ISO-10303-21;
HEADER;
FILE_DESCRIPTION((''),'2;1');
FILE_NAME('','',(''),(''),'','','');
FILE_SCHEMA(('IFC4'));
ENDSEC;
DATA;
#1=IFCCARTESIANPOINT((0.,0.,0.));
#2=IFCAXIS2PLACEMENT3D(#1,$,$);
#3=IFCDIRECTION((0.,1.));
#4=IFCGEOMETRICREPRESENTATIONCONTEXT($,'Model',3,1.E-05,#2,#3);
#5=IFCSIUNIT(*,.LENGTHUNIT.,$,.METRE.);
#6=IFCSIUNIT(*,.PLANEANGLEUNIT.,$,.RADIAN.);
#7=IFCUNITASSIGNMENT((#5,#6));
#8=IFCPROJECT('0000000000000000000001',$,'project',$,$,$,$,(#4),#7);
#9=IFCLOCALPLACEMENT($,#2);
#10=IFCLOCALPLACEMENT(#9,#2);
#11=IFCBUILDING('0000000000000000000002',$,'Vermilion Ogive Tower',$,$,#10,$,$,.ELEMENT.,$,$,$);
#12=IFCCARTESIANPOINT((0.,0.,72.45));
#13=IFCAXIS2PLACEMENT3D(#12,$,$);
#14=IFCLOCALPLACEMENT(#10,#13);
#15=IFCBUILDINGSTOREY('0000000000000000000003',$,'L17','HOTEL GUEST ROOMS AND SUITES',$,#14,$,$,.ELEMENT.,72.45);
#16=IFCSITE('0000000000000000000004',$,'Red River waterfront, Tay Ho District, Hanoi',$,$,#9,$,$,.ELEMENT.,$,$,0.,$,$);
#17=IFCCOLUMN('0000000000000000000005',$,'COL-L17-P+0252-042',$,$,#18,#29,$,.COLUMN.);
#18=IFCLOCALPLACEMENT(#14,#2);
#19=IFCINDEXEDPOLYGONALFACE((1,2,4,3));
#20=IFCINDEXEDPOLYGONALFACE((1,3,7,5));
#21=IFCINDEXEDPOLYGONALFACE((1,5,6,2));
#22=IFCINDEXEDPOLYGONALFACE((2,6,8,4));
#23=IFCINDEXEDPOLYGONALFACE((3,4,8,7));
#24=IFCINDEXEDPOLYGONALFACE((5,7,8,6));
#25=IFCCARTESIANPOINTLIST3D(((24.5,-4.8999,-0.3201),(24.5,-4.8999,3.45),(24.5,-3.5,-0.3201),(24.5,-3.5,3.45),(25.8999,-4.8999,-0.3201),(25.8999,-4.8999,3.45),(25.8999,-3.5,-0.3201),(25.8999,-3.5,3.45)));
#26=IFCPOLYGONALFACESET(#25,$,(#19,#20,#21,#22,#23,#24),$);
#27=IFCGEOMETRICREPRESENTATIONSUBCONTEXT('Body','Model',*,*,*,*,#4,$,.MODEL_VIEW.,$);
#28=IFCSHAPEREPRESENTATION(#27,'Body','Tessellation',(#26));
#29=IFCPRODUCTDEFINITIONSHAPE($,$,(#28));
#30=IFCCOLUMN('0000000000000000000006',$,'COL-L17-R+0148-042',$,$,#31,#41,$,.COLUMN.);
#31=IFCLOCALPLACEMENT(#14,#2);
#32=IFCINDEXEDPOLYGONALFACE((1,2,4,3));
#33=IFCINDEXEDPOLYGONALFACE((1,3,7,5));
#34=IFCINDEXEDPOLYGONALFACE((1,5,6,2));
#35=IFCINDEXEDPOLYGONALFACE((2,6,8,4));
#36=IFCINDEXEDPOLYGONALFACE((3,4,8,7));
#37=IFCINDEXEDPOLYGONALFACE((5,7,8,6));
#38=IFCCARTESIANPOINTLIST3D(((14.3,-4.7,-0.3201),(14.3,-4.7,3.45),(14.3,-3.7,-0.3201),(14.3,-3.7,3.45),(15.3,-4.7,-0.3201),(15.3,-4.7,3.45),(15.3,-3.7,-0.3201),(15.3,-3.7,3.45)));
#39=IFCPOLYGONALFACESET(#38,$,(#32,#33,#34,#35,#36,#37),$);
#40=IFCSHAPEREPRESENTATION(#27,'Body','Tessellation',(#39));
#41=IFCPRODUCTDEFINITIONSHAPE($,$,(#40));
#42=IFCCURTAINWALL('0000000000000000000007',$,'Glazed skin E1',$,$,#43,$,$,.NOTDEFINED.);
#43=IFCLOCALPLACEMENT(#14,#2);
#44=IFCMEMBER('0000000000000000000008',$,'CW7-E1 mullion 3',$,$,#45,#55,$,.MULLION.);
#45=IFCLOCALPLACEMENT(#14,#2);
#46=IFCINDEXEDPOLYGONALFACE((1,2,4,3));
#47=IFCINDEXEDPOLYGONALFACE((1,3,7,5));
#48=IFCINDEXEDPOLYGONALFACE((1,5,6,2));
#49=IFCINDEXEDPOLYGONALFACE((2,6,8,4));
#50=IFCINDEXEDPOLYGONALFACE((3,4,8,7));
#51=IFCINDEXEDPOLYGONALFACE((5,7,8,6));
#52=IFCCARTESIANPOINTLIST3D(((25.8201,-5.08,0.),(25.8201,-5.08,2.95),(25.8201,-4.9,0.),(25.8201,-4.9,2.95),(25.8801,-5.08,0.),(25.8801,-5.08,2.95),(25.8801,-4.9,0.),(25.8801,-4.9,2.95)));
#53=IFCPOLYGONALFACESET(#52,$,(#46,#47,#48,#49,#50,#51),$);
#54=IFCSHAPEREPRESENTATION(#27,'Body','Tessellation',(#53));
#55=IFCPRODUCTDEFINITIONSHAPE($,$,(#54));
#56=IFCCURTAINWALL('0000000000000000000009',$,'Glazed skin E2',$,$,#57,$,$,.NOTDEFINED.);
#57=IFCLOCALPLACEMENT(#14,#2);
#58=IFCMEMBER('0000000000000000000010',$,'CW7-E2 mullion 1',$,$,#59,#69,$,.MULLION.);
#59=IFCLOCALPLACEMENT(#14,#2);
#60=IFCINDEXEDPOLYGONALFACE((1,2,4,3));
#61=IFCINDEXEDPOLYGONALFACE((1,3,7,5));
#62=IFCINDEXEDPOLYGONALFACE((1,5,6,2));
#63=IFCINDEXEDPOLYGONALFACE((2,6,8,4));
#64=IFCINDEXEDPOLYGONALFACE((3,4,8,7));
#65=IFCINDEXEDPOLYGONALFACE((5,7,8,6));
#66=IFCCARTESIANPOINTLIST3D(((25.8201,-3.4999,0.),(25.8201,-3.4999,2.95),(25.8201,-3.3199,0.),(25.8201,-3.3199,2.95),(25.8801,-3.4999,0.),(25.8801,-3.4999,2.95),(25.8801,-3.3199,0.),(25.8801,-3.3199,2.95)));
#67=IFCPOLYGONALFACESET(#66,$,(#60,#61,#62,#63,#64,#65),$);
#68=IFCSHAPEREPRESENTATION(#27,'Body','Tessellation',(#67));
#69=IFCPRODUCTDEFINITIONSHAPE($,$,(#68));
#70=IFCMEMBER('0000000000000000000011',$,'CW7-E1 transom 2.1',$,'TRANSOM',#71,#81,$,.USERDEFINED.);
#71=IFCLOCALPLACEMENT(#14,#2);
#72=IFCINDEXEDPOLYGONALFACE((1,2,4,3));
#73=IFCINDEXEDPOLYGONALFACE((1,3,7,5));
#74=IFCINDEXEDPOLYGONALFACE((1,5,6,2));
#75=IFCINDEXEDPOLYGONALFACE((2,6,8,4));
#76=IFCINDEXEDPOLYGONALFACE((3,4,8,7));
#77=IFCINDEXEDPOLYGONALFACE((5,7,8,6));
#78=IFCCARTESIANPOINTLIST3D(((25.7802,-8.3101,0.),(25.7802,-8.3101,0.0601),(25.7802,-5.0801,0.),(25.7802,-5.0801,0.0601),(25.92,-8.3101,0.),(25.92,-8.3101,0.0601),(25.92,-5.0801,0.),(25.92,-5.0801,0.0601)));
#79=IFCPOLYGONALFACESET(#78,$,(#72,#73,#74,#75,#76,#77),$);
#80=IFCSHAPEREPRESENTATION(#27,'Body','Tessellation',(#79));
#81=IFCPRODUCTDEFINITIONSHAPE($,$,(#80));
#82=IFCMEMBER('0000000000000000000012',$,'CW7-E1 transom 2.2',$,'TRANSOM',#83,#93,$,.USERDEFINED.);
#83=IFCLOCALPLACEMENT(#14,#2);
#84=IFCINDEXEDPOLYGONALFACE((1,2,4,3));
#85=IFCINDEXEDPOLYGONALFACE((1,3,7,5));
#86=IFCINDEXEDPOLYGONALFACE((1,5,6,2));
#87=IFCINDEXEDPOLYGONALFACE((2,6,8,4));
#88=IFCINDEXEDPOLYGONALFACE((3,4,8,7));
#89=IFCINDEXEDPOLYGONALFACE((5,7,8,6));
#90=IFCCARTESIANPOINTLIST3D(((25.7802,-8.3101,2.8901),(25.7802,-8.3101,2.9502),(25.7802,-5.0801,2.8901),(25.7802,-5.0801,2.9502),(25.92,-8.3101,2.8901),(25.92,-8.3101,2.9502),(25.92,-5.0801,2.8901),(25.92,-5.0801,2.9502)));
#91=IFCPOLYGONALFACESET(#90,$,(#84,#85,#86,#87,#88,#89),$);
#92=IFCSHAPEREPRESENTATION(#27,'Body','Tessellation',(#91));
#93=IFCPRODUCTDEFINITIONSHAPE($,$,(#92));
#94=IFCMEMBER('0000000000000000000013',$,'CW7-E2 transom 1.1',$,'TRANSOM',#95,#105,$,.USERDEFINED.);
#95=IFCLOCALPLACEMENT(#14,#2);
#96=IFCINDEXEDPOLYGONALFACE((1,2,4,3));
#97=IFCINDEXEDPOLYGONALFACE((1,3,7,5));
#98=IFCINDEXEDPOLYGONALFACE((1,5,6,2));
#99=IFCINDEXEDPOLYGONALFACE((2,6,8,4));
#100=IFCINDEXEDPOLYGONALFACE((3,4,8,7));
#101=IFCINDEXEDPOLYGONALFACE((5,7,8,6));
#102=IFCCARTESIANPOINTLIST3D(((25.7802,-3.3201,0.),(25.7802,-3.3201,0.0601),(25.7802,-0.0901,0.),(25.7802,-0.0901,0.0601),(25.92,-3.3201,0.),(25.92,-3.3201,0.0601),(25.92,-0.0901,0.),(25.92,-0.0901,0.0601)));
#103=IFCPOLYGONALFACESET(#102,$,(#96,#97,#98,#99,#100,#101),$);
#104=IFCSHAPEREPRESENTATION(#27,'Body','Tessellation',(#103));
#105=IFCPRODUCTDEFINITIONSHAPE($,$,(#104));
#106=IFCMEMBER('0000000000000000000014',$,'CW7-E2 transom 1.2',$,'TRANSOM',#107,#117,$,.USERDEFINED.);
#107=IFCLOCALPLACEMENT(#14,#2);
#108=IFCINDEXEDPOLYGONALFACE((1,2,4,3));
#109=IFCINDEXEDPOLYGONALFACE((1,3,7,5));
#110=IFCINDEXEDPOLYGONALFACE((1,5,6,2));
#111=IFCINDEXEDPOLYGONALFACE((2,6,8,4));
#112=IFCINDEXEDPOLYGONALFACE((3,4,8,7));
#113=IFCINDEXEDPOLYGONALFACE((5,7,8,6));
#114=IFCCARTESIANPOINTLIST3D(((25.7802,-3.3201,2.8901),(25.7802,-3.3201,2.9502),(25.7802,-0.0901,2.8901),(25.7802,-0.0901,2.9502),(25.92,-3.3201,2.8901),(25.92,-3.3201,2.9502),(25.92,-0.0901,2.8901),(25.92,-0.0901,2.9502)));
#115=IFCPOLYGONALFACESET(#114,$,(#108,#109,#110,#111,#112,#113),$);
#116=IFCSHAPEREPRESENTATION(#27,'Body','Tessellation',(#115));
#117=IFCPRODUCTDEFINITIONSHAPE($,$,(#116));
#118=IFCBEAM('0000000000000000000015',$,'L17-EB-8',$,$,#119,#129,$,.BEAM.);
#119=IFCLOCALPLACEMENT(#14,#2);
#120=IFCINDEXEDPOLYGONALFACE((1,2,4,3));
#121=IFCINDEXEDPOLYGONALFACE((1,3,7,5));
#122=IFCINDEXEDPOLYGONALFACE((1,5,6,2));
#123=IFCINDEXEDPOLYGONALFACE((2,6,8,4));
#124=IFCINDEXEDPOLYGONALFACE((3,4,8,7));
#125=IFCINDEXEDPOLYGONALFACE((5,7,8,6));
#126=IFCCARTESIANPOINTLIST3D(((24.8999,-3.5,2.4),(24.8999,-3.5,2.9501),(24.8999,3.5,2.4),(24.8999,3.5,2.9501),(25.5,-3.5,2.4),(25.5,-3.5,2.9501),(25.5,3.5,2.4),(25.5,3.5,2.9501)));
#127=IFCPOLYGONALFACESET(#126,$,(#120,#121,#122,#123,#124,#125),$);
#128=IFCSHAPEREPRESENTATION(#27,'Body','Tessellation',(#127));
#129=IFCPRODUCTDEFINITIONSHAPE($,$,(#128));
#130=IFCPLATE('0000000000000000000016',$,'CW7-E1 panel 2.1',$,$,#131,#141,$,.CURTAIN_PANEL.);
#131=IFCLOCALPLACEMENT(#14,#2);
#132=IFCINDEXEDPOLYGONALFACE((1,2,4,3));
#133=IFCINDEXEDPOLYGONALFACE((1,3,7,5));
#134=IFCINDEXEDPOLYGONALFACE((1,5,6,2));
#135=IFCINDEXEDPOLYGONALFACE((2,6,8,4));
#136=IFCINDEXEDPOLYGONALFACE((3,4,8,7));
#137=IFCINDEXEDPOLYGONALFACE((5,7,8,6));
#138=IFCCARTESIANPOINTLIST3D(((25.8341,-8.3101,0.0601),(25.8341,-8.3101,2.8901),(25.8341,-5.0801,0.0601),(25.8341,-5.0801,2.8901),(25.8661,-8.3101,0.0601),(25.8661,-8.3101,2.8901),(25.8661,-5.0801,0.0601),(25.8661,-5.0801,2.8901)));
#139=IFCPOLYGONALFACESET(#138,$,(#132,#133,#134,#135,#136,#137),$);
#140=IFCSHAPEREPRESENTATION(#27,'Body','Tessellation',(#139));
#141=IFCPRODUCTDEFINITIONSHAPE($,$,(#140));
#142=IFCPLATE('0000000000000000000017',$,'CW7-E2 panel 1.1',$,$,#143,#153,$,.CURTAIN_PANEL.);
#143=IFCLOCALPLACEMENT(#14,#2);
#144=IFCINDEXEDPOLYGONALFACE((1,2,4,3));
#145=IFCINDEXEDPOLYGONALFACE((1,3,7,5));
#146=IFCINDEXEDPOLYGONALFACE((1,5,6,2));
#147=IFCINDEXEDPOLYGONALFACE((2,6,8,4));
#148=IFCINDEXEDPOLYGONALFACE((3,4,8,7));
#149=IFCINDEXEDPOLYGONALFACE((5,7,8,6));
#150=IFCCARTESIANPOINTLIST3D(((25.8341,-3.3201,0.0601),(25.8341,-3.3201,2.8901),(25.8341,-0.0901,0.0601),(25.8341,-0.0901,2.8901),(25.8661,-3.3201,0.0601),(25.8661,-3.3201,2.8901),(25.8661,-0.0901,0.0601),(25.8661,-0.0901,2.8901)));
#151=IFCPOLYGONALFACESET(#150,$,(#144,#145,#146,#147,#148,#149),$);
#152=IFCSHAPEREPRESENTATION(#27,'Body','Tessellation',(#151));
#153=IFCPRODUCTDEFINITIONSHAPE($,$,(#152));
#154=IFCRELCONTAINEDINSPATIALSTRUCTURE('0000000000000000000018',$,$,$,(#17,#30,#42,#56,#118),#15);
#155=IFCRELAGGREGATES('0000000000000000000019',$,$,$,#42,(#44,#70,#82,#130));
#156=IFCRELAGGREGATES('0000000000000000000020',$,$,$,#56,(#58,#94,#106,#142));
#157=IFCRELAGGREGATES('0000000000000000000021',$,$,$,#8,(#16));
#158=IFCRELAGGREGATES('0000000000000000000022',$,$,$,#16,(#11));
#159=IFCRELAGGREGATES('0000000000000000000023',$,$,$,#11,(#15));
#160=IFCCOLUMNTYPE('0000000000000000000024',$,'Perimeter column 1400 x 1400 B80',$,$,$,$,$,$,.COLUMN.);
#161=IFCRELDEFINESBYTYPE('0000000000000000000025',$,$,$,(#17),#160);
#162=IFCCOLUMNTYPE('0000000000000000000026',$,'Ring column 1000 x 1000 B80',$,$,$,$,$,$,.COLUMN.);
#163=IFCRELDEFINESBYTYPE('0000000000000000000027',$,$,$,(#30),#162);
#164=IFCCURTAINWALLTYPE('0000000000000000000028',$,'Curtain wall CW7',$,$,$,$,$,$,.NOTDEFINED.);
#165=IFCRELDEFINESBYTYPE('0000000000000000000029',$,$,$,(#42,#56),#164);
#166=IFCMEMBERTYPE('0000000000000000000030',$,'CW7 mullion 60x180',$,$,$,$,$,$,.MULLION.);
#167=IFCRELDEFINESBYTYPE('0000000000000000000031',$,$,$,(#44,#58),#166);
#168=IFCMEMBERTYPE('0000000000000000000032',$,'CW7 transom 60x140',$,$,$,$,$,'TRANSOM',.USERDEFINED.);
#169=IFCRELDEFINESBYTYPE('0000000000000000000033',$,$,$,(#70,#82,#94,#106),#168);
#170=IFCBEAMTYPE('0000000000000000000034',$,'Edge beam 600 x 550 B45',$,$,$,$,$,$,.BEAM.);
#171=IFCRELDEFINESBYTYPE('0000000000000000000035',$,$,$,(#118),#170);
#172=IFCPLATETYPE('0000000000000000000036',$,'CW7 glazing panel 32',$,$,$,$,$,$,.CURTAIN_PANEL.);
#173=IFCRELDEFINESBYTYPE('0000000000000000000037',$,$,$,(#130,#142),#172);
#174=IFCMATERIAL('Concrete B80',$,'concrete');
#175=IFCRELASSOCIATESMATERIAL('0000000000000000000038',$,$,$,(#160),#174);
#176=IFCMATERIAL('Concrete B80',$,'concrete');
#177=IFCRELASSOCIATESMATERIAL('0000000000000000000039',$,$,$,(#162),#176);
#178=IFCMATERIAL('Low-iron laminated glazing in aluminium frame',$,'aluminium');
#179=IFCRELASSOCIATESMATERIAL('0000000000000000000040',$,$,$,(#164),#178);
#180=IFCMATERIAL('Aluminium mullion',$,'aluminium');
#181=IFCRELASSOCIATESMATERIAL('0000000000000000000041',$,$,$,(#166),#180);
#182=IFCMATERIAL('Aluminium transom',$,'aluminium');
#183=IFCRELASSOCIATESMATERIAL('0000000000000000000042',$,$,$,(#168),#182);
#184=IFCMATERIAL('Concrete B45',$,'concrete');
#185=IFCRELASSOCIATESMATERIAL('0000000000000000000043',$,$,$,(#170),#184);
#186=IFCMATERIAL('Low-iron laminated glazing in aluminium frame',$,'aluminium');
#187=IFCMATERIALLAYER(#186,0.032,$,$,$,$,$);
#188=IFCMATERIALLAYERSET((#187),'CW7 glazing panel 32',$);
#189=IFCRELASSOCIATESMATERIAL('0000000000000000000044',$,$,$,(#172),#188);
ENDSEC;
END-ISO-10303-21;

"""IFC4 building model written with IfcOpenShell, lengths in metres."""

from ifc_helpers import new_model, si_unit, direction, frame, origin, origin_2d, place, context, subcontext, project, spatial, rectangle, extrude, material, layer, layer_set, material_profile, profile_set, type_object, element, aggregate, save


model = new_model("IFC4")

# Units and contexts
model_context = context("Model", 3, precision=1e-05, world=origin(), true_north=direction((0.0, 1.0)))
body_context = subcontext(model_context, "Body", "Model", "MODEL_VIEW")
ifc_project = project(units=[si_unit("LENGTHUNIT", "METRE"), si_unit("PLANEANGLEUNIT", "RADIAN")], contexts=[model_context])

# Site, building, storey
site_placement = place(None, origin())
site = spatial("IfcSite", under=ifc_project, at=site_placement, Name="Red River waterfront, Tay Ho District, Hanoi", CompositionType="ELEMENT", RefElevation=0.0)
building_placement = place(site_placement, origin())
building = spatial("IfcBuilding", under=site, at=building_placement, Name="Vermilion Ogive Tower", CompositionType="ELEMENT")
storey_placement = place(building_placement, frame((0.0, 0.0, 72.45)))
storey = spatial("IfcBuildingStorey", under=building, at=storey_placement, Name="L17", Description="HOTEL GUEST ROOMS AND SUITES", CompositionType="ELEMENT", Elevation=72.45)

# Columns
ifc_material_1 = material(Name="Concrete B80", Category="concrete")
ifc_material_profile_1 = material_profile(ifc_material_1, rectangle(XDim=1.3999, YDim=1.3999, at=origin_2d()), Name="1400 x 1400")
ifc_profile_set_1 = profile_set([ifc_material_profile_1], Name="Concrete B80")
column_type_1 = type_object("IfcColumnType", Name="Perimeter column 1400 x 1400 B80", PredefinedType="COLUMN", material=ifc_profile_set_1)
column_1_placement = place(storey_placement, frame((25.2, -4.2, -0.3201), z_axis=(0.0, 0.0, 1.0), x_axis=(1.0, 0.0, 0.0)))
element("IfcColumn", 1, at=column_1_placement, inside=storey, type_object=column_type_1, Name="COL-L17-P+0252-042", PredefinedType="COLUMN", context=body_context, shape_type="SweptSolid", body=[
    extrude(rectangle(XDim=1.3999, YDim=1.3999, at=origin_2d()), origin(), (0.0, 0.0, 1.0), 3.77),
])
ifc_material_2 = material(Name="Concrete B80", Category="concrete")
ifc_material_profile_2 = material_profile(ifc_material_2, rectangle(XDim=1.0, YDim=1.0, at=origin_2d()), Name="1000 x 1000")
ifc_profile_set_2 = profile_set([ifc_material_profile_2], Name="Concrete B80")
column_type_2 = type_object("IfcColumnType", Name="Ring column 1000 x 1000 B80", PredefinedType="COLUMN", material=ifc_profile_set_2)
column_2_placement = place(storey_placement, frame((14.8, -4.2, -0.3201), z_axis=(0.0, 0.0, 1.0), x_axis=(1.0, 0.0, 0.0)))
element("IfcColumn", 2, at=column_2_placement, inside=storey, type_object=column_type_2, Name="COL-L17-R+0148-042", PredefinedType="COLUMN", context=body_context, shape_type="SweptSolid", body=[
    extrude(rectangle(XDim=1.0, YDim=1.0, at=origin_2d()), origin(), (0.0, 0.0, 1.0), 3.77),
])

# Curtain walls, members
ifc_material_3 = material(Name="Low-iron laminated glazing in aluminium frame", Category="aluminium")
curtain_wall_type = type_object("IfcCurtainWallType", Name="Curtain wall CW7", PredefinedType="NOTDEFINED", material=ifc_material_3)
curtain_wall_1_placement = place(storey_placement, origin())
curtain_wall_1 = element("IfcCurtainWall", 3, at=curtain_wall_1_placement, inside=storey, type_object=curtain_wall_type, Name="Glazed skin E1", PredefinedType="NOTDEFINED")
ifc_material_4 = material(Name="Aluminium mullion", Category="aluminium")
ifc_material_profile_3 = material_profile(ifc_material_4, rectangle(XDim=0.0601, YDim=0.1799, at=origin_2d()), Name="AL 60x180")
ifc_profile_set_3 = profile_set([ifc_material_profile_3], Name="Aluminium mullion")
member_type_1 = type_object("IfcMemberType", Name="CW7 mullion 60x180", PredefinedType="MULLION", material=ifc_profile_set_3)
member_1_placement = place(storey_placement, frame((25.8501, -4.99, 0.0), z_axis=(0.0, 0.0, 1.0), x_axis=(-1.0, 0.0, 0.0)))
member_1 = element("IfcMember", 4, at=member_1_placement, type_object=member_type_1, Name="CW7-E1 mullion 3", PredefinedType="MULLION", context=body_context, shape_type="SweptSolid", body=[
    extrude(rectangle(XDim=0.0601, YDim=0.1799, at=origin_2d()), origin(), (0.0, 0.0, 1.0), 2.95),
])
curtain_wall_2_placement = place(storey_placement, origin())
curtain_wall_2 = element("IfcCurtainWall", 5, at=curtain_wall_2_placement, inside=storey, type_object=curtain_wall_type, Name="Glazed skin E2", PredefinedType="NOTDEFINED")
member_2_placement = place(storey_placement, frame((25.8501, -3.4099, 0.0), z_axis=(0.0, 0.0, 1.0), x_axis=(-1.0, 0.0, 0.0)))
member_2 = element("IfcMember", 6, at=member_2_placement, type_object=member_type_1, Name="CW7-E2 mullion 1", PredefinedType="MULLION", context=body_context, shape_type="SweptSolid", body=[
    extrude(rectangle(XDim=0.0601, YDim=0.1799, at=origin_2d()), origin(), (0.0, 0.0, 1.0), 2.95),
])

# Members
ifc_material_5 = material(Name="Aluminium transom", Category="aluminium")
ifc_material_profile_4 = material_profile(ifc_material_5, rectangle(XDim=0.1399, YDim=0.0601, at=origin_2d()), Name="AL 60x140")
ifc_profile_set_4 = profile_set([ifc_material_profile_4], Name="Aluminium transom")
member_type_2 = type_object("IfcMemberType", Name="CW7 transom 60x140", ElementType="TRANSOM", PredefinedType="USERDEFINED", material=ifc_profile_set_4)
member_3_placement = place(storey_placement, frame((25.8501, -8.3101, 0.03), z_axis=(0.0, 1.0, 0.0), x_axis=(-1.0, 0.0, 0.0)))
member_3 = element("IfcMember", 7, at=member_3_placement, type_object=member_type_2, Name="CW7-E1 transom 2.1", ObjectType="TRANSOM", PredefinedType="USERDEFINED", context=body_context, shape_type="SweptSolid", body=[
    extrude(rectangle(XDim=0.1399, YDim=0.0601, at=origin_2d()), origin(), (0.0, 0.0, 1.0), 3.23),
])
member_4_placement = place(storey_placement, frame((25.8501, -8.3101, 2.9202), z_axis=(0.0, 1.0, 0.0), x_axis=(-1.0, 0.0, 0.0)))
member_4 = element("IfcMember", 8, at=member_4_placement, type_object=member_type_2, Name="CW7-E1 transom 2.2", ObjectType="TRANSOM", PredefinedType="USERDEFINED", context=body_context, shape_type="SweptSolid", body=[
    extrude(rectangle(XDim=0.1399, YDim=0.0601, at=origin_2d()), origin(), (0.0, 0.0, 1.0), 3.23),
])
member_5_placement = place(storey_placement, frame((25.8501, -3.3201, 0.03), z_axis=(0.0, 1.0, 0.0), x_axis=(-1.0, 0.0, 0.0)))
member_5 = element("IfcMember", 9, at=member_5_placement, type_object=member_type_2, Name="CW7-E2 transom 1.1", ObjectType="TRANSOM", PredefinedType="USERDEFINED", context=body_context, shape_type="SweptSolid", body=[
    extrude(rectangle(XDim=0.1399, YDim=0.0601, at=origin_2d()), origin(), (0.0, 0.0, 1.0), 3.23),
])
member_6_placement = place(storey_placement, frame((25.8501, -3.3201, 2.9202), z_axis=(0.0, 1.0, 0.0), x_axis=(-1.0, 0.0, 0.0)))
member_6 = element("IfcMember", 10, at=member_6_placement, type_object=member_type_2, Name="CW7-E2 transom 1.2", ObjectType="TRANSOM", PredefinedType="USERDEFINED", context=body_context, shape_type="SweptSolid", body=[
    extrude(rectangle(XDim=0.1399, YDim=0.0601, at=origin_2d()), origin(), (0.0, 0.0, 1.0), 3.23),
])

# Beam
ifc_material_6 = material(Name="Concrete B45", Category="concrete")
ifc_material_profile_5 = material_profile(ifc_material_6, rectangle(XDim=0.6001, YDim=0.55, at=origin_2d()), Name="600 x 550")
ifc_profile_set_5 = profile_set([ifc_material_profile_5], Name="Concrete B45")
beam_type = type_object("IfcBeamType", Name="Edge beam 600 x 550 B45", PredefinedType="BEAM", material=ifc_profile_set_5)
beam_placement = place(storey_placement, frame((25.2, -3.5, 2.675), z_axis=(0.0, 1.0, 0.0), x_axis=(-1.0, 0.0, 0.0)))
element("IfcBeam", 11, at=beam_placement, inside=storey, type_object=beam_type, Name="L17-EB-8", PredefinedType="BEAM", context=body_context, shape_type="SweptSolid", body=[
    extrude(rectangle(XDim=0.6001, YDim=0.55, at=origin_2d()), origin(), (0.0, 0.0, 1.0), 7.0),
])

# Plates
ifc_material_7 = material(Name="Low-iron laminated glazing in aluminium frame", Category="aluminium")
ifc_layer_1 = layer(ifc_material_7, 0.032)
ifc_layer_set_1 = layer_set([ifc_layer_1], Name="CW7 glazing panel 32")
plate_type = type_object("IfcPlateType", Name="CW7 glazing panel 32", PredefinedType="CURTAIN_PANEL", material=ifc_layer_set_1)
plate_1_placement = place(storey_placement, frame((25.8501, -6.6951, 0.0601), z_axis=(0.0, 0.0, 1.0), x_axis=(0.0, 1.0, 0.0)))
plate_1 = element("IfcPlate", 12, at=plate_1_placement, type_object=plate_type, Name="CW7-E1 panel 2.1", PredefinedType="CURTAIN_PANEL", context=body_context, shape_type="SweptSolid", body=[
    extrude(rectangle(XDim=3.23, YDim=0.032, at=origin_2d()), origin(), (0.0, 0.0, 1.0), 2.8301),
])
aggregate(curtain_wall_1, [member_1, member_3, member_4, plate_1])
plate_2_placement = place(storey_placement, frame((25.8501, -1.7051, 0.0601), z_axis=(0.0, 0.0, 1.0), x_axis=(0.0, 1.0, 0.0)))
plate_2 = element("IfcPlate", 13, at=plate_2_placement, type_object=plate_type, Name="CW7-E2 panel 1.1", PredefinedType="CURTAIN_PANEL", context=body_context, shape_type="SweptSolid", body=[
    extrude(rectangle(XDim=3.23, YDim=0.032, at=origin_2d()), origin(), (0.0, 0.0, 1.0), 2.8301),
])
aggregate(curtain_wall_2, [member_2, member_5, member_6, plate_2])

save(model, "model.ifc")
